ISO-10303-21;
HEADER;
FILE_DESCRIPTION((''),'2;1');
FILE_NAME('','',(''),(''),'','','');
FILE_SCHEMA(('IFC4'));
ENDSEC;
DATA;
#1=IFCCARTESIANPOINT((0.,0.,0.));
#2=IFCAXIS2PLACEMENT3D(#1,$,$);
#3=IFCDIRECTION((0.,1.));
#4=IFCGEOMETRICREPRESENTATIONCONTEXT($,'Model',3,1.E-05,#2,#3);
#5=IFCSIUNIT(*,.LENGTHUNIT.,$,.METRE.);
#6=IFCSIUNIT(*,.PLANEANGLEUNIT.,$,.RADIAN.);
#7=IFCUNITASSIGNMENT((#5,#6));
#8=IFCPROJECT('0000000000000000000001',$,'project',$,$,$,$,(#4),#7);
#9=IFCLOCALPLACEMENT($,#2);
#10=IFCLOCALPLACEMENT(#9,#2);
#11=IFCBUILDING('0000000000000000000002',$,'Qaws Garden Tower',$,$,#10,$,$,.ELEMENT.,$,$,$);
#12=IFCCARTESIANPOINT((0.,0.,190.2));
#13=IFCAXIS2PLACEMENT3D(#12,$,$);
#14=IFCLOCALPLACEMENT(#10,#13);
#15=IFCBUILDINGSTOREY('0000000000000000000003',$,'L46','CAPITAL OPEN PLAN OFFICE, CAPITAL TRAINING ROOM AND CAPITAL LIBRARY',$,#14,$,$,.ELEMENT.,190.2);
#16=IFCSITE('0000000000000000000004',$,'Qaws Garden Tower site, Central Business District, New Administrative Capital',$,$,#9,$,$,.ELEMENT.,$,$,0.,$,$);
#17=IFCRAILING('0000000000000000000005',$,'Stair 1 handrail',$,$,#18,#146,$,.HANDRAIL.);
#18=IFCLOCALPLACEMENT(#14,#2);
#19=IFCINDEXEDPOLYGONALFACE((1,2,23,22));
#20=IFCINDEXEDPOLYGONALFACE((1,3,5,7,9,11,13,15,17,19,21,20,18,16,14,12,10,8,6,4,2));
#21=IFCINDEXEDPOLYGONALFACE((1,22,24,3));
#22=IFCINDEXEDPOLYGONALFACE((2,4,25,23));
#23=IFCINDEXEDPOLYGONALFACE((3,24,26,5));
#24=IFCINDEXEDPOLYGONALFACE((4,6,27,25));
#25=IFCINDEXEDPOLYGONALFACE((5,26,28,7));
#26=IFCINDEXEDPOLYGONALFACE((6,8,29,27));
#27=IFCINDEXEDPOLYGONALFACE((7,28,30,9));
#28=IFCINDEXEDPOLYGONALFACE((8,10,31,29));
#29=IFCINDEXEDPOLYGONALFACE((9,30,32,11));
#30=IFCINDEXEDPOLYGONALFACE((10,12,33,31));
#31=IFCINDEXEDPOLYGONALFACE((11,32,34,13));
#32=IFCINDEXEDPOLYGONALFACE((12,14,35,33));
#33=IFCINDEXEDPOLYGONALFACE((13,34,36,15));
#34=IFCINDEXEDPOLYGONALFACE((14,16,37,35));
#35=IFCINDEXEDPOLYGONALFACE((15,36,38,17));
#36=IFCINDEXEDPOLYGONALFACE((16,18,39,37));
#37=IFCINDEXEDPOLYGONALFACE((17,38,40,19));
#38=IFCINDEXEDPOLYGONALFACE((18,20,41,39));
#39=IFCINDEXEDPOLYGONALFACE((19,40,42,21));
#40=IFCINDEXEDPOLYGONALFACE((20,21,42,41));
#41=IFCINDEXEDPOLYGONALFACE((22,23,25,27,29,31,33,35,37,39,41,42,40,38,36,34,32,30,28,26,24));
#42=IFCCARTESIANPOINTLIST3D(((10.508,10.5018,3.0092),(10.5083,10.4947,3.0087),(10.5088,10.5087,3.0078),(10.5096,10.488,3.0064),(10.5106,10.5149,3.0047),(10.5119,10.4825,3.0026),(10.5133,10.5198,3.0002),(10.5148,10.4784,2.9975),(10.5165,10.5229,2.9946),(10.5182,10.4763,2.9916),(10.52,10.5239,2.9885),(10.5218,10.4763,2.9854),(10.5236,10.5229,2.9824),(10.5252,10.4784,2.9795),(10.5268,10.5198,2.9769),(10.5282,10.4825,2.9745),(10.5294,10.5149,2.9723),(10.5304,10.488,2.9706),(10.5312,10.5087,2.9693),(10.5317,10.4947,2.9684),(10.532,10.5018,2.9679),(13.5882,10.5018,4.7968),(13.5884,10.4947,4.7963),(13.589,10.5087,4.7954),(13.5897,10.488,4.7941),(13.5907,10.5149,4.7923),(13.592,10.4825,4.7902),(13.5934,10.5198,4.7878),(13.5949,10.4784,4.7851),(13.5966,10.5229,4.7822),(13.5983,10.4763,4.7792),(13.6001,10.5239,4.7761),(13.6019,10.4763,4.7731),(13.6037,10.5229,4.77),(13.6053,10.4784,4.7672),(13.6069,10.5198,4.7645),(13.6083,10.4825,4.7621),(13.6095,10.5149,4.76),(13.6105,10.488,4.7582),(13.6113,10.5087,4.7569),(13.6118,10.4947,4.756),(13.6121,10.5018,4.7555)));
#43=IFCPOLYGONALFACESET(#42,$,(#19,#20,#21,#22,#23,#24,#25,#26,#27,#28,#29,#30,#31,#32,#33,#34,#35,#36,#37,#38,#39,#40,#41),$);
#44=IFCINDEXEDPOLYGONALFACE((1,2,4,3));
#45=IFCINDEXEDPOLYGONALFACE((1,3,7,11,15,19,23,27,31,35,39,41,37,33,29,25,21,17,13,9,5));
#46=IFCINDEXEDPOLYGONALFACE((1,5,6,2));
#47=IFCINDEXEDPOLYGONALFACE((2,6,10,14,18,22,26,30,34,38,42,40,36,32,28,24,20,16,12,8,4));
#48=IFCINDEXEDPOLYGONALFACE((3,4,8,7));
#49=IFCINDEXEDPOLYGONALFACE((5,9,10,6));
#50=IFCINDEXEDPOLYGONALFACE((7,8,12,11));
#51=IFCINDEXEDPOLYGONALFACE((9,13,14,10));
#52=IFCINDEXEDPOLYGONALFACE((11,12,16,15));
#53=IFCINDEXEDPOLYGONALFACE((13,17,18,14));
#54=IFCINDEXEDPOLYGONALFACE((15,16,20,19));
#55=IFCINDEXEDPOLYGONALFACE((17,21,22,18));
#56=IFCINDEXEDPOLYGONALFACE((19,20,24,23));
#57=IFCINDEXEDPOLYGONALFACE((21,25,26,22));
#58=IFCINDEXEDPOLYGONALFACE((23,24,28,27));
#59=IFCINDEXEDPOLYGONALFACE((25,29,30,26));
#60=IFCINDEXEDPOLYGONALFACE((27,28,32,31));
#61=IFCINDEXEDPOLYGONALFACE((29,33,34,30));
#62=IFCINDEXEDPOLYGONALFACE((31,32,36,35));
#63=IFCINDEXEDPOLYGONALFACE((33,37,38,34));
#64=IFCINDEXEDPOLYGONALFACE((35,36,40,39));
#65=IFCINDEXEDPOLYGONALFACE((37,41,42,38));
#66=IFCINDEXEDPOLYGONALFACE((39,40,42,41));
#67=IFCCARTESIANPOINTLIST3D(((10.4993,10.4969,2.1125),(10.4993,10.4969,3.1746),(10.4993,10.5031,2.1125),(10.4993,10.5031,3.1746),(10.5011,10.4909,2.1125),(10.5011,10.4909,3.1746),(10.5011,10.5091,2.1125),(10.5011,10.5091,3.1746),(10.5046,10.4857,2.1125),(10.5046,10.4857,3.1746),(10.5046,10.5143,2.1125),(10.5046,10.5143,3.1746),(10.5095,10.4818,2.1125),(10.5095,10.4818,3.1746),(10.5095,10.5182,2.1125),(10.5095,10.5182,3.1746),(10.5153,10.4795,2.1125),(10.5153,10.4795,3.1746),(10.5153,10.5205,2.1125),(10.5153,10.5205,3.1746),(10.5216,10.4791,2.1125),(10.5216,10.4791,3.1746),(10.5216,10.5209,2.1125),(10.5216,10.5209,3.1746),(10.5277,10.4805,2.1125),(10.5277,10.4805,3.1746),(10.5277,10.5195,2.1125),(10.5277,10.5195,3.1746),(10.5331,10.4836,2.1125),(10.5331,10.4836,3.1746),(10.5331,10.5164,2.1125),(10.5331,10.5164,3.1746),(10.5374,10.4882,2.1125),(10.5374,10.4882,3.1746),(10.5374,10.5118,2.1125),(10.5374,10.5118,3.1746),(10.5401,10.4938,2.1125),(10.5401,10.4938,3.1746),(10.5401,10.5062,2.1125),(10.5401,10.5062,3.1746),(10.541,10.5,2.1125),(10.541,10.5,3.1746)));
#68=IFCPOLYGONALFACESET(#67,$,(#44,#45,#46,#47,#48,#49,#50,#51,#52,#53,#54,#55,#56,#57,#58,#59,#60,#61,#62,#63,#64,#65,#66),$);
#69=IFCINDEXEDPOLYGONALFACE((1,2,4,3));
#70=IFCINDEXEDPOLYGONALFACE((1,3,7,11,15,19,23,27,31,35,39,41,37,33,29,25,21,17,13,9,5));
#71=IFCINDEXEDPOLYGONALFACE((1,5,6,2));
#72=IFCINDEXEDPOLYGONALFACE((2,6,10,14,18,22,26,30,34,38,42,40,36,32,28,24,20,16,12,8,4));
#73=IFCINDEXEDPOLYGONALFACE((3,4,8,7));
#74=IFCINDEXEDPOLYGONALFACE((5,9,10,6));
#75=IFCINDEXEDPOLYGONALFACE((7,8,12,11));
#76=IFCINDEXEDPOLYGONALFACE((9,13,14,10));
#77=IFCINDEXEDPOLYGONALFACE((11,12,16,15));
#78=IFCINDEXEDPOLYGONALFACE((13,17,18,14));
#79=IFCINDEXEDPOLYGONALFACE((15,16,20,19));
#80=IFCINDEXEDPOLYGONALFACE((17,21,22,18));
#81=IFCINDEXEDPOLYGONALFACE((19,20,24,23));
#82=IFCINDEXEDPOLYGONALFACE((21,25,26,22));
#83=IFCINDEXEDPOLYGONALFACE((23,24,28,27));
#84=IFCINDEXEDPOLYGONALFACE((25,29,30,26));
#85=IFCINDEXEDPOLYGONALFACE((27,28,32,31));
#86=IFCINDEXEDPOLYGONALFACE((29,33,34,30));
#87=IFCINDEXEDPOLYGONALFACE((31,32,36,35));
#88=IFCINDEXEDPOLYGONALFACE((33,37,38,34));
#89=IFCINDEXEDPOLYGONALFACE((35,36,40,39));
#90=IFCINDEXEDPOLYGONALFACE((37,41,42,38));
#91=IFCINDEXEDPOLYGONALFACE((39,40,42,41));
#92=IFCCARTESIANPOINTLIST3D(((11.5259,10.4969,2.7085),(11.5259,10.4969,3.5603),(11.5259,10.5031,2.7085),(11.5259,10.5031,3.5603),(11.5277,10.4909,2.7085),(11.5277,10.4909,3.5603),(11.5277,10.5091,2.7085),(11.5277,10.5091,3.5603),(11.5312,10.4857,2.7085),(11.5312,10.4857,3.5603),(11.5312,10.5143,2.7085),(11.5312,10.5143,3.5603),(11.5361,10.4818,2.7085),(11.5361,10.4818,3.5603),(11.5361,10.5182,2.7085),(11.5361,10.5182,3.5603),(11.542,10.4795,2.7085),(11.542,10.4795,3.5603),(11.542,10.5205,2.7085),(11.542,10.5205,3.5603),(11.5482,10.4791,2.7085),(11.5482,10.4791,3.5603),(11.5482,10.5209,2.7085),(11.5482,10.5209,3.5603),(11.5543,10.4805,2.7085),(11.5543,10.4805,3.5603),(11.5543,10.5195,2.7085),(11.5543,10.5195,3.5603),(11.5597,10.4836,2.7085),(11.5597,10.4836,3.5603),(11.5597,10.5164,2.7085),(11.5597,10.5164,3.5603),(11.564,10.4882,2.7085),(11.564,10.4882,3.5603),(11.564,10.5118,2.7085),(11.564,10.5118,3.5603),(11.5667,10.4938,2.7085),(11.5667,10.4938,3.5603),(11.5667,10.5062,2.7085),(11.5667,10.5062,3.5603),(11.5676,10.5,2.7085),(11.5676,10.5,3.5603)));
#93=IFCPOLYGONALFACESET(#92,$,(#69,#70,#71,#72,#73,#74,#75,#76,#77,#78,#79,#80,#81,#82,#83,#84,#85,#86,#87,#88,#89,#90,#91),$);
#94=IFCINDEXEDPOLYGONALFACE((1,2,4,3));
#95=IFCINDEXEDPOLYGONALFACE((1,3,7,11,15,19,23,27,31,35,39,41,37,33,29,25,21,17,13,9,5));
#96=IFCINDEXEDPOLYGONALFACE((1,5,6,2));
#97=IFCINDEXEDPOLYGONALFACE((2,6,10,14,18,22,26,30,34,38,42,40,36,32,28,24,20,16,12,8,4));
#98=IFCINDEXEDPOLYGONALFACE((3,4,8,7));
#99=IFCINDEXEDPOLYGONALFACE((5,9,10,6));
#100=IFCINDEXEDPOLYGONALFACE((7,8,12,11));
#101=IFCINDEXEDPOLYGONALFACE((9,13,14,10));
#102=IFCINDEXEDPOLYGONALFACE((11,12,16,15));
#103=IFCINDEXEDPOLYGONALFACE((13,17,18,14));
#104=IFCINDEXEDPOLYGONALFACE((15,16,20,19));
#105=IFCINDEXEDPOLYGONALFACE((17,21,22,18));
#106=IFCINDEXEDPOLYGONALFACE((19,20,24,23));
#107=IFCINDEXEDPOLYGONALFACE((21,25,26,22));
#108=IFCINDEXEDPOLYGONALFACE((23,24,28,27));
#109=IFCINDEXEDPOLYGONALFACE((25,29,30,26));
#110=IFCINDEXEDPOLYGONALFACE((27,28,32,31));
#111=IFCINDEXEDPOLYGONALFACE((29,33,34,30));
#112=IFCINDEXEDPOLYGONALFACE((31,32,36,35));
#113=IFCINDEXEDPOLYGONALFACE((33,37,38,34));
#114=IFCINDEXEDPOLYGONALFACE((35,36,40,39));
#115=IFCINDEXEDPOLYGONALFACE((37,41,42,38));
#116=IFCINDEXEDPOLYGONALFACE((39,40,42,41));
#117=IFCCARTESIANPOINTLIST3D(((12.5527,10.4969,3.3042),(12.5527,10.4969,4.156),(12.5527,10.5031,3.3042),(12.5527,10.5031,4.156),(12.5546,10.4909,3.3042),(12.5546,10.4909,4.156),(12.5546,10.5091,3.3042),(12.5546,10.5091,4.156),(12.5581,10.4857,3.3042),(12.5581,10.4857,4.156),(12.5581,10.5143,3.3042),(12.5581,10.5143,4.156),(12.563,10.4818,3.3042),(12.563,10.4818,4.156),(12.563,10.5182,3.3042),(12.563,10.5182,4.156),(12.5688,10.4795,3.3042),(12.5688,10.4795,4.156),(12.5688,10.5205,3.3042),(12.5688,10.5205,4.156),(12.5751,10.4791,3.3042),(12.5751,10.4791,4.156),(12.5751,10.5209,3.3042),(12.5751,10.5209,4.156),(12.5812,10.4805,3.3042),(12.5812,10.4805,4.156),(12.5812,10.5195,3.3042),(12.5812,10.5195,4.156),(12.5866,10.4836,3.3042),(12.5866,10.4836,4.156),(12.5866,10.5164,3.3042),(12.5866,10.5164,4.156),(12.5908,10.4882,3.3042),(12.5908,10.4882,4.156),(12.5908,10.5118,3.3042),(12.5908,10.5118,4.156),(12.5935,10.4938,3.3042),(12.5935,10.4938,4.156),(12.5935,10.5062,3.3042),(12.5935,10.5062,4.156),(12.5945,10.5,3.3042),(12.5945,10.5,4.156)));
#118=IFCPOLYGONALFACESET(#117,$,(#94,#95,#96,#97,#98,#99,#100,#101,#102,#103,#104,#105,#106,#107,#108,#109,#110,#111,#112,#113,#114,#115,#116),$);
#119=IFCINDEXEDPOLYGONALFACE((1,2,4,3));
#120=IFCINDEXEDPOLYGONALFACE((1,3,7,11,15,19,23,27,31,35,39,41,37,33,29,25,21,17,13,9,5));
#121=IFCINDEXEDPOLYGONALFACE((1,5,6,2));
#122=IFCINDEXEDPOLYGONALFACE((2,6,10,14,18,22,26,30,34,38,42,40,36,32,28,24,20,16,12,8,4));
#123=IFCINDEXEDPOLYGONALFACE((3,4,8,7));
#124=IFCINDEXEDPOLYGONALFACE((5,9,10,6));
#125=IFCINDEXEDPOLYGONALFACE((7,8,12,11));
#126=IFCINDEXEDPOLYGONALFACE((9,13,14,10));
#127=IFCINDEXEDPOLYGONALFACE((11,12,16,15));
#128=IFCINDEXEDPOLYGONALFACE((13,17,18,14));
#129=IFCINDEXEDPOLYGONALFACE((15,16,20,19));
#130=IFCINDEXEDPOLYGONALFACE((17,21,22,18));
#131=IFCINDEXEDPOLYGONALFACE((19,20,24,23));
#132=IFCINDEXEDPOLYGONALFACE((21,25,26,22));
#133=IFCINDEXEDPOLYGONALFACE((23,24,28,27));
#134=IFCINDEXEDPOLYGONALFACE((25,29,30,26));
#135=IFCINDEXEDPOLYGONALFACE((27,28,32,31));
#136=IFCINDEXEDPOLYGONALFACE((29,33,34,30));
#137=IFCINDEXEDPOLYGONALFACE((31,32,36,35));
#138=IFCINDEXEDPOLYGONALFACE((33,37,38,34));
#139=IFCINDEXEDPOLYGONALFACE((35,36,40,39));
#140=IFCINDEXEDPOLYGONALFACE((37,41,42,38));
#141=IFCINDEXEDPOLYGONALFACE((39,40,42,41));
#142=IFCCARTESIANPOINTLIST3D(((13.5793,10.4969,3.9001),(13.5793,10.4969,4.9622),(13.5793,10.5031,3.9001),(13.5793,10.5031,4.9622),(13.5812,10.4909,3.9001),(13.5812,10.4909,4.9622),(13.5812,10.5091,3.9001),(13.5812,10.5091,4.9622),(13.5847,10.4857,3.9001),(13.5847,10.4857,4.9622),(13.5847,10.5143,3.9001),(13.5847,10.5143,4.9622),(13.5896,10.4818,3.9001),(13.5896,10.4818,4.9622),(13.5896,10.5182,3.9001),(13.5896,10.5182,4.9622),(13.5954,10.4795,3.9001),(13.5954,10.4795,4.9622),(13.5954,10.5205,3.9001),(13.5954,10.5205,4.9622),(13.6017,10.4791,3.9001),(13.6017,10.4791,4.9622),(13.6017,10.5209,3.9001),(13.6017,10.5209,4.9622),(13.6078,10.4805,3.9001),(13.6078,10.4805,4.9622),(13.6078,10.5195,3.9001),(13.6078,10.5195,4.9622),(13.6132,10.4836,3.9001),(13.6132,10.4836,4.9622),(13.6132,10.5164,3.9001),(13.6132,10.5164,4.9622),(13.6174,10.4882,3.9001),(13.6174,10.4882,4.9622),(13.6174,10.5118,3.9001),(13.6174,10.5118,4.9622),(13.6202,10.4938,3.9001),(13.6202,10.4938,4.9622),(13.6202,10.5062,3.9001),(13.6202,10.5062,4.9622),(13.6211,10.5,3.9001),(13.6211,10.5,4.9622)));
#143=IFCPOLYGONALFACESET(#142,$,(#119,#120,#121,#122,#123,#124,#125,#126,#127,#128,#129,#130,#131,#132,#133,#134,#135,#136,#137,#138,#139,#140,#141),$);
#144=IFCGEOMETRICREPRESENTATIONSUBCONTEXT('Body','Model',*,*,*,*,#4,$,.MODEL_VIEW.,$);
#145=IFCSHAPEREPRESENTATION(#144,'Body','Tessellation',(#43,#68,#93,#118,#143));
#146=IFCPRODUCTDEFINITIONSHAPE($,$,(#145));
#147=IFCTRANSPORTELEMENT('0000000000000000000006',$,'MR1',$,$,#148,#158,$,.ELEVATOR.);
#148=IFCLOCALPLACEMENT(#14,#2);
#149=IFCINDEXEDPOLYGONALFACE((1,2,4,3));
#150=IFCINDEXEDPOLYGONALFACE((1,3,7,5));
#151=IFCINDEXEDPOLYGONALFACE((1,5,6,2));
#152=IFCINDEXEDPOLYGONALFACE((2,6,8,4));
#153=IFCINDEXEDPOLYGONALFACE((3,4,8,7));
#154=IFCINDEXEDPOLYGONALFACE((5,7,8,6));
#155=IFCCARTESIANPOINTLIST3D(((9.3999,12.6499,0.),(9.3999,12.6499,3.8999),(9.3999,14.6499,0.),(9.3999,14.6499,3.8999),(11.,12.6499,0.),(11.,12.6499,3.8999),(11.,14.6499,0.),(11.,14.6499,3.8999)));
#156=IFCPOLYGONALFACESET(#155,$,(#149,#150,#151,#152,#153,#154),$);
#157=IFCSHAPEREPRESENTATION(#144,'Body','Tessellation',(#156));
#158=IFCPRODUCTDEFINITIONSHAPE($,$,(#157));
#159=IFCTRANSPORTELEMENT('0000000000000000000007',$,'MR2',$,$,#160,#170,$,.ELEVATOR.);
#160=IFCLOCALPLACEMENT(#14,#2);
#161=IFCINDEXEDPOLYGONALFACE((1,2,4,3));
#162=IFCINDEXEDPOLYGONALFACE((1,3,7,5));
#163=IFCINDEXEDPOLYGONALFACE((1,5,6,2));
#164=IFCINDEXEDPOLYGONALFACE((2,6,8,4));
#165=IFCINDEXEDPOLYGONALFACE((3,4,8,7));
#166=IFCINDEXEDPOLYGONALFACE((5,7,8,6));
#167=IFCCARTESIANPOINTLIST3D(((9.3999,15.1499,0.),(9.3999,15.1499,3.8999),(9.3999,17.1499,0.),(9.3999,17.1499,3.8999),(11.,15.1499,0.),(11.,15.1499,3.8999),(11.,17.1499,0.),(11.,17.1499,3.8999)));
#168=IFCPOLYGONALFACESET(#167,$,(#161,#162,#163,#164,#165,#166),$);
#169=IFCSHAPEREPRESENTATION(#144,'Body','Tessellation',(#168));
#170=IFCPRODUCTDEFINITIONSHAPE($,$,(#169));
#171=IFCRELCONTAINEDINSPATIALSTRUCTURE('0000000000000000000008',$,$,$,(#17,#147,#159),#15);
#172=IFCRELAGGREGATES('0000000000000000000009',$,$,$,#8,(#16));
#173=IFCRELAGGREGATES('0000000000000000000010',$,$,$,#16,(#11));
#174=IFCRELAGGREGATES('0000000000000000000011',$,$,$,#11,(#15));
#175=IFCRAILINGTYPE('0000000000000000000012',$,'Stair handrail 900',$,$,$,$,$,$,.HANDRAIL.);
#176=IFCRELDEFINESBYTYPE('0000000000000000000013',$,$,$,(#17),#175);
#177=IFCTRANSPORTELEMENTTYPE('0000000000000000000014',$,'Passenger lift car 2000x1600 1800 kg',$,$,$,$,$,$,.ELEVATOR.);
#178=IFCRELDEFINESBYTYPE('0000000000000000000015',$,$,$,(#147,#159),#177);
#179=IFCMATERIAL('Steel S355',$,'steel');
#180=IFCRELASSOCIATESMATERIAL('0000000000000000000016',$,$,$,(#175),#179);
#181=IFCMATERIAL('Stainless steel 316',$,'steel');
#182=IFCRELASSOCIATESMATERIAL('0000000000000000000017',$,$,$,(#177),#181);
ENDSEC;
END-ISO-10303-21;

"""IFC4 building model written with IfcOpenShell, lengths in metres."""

from ifc_helpers import new_model, si_unit, direction, frame, origin, origin_2d, place, context, subcontext, project, spatial, rectangle, circle, extrude, material, type_object, element, save


model = new_model("IFC4")

# Units and contexts
model_context = context("Model", 3, precision=1e-05, world=origin(), true_north=direction((0.0, 1.0)))
body_context = subcontext(model_context, "Body", "Model", "MODEL_VIEW")
ifc_project = project(units=[si_unit("LENGTHUNIT", "METRE"), si_unit("PLANEANGLEUNIT", "RADIAN")], contexts=[model_context])

# Site, building, storey
site_placement = place(None, origin())
site = spatial("IfcSite", under=ifc_project, at=site_placement, Name="Qaws Garden Tower site, Central Business District, New Administrative Capital", CompositionType="ELEMENT", RefElevation=0.0)
building_placement = place(site_placement, origin())
building = spatial("IfcBuilding", under=site, at=building_placement, Name="Qaws Garden Tower", CompositionType="ELEMENT")
storey_placement = place(building_placement, frame((0.0, 0.0, 190.2)))
storey = spatial("IfcBuildingStorey", under=building, at=storey_placement, Name="L46", Description="CAPITAL OPEN PLAN OFFICE, CAPITAL TRAINING ROOM AND CAPITAL LIBRARY", CompositionType="ELEMENT", Elevation=190.2)

# Railing
ifc_material_1 = material(Name="Steel S355", Category="steel")
railing_type = type_object("IfcRailingType", Name="Stair handrail 900", PredefinedType="HANDRAIL", material=ifc_material_1)
railing_1_placement = place(storey_placement, frame((10.52, 10.5, 2.1125)))
element("IfcRailing", 1, at=railing_1_placement, inside=storey, type_object=railing_type, Name="Stair 1 handrail", PredefinedType="HANDRAIL", context=body_context, shape_type="SweptSolid", body=[
    extrude(circle(Radius=0.0239, at=origin_2d()), frame((0.0, 0.0, 0.876), z_axis=(0.864891, 0.0, 0.50196), x_axis=(0.0, 1.0, 0.0)), (0.0, 0.0, 1.0), 3.5613),
    extrude(circle(Radius=0.021, at=origin_2d()), origin(), (0.0, 0.0, 1.0), 1.062),
    extrude(circle(Radius=0.021, at=origin_2d()), frame((1.0266, 0.0, 0.5959)), (0.0, 0.0, 1.0), 0.8518),
    extrude(circle(Radius=0.021, at=origin_2d()), frame((2.0535, 0.0, 1.1917)), (0.0, 0.0, 1.0), 0.8518),
    extrude(circle(Radius=0.021, at=origin_2d()), frame((3.0801, 0.0, 1.7876)), (0.0, 0.0, 1.0), 1.062),
])

# Transport elements
ifc_material_2 = material(Name="Stainless steel 316", Category="steel")
transport_element_type = type_object("IfcTransportElementType", Name="Passenger lift car 2000x1600 1800 kg", PredefinedType="ELEVATOR", material=ifc_material_2)
for number, where, z_axis, x_axis, name in (
    (2, (10.2, 13.6499, 0.0), (0.0, 0.0, 1.0), (1.0, 0.0, 0.0), "MR1"),
    (3, (10.2, 16.1499, 0.0), (0.0, 0.0, 1.0), (1.0, 0.0, 0.0), "MR2"),
):
    element("IfcTransportElement", number, at=place(storey_placement, frame(where, z_axis=z_axis, x_axis=x_axis)), inside=storey, type_object=transport_element_type, Name=name, PredefinedType="ELEVATOR", context=body_context, shape_type="SweptSolid", body=[
        extrude(rectangle(XDim=1.6001, YDim=2.0, at=origin_2d()), origin(), (0.0, 0.0, 1.0), 3.8999),
    ])

save(model, "model.ifc")
